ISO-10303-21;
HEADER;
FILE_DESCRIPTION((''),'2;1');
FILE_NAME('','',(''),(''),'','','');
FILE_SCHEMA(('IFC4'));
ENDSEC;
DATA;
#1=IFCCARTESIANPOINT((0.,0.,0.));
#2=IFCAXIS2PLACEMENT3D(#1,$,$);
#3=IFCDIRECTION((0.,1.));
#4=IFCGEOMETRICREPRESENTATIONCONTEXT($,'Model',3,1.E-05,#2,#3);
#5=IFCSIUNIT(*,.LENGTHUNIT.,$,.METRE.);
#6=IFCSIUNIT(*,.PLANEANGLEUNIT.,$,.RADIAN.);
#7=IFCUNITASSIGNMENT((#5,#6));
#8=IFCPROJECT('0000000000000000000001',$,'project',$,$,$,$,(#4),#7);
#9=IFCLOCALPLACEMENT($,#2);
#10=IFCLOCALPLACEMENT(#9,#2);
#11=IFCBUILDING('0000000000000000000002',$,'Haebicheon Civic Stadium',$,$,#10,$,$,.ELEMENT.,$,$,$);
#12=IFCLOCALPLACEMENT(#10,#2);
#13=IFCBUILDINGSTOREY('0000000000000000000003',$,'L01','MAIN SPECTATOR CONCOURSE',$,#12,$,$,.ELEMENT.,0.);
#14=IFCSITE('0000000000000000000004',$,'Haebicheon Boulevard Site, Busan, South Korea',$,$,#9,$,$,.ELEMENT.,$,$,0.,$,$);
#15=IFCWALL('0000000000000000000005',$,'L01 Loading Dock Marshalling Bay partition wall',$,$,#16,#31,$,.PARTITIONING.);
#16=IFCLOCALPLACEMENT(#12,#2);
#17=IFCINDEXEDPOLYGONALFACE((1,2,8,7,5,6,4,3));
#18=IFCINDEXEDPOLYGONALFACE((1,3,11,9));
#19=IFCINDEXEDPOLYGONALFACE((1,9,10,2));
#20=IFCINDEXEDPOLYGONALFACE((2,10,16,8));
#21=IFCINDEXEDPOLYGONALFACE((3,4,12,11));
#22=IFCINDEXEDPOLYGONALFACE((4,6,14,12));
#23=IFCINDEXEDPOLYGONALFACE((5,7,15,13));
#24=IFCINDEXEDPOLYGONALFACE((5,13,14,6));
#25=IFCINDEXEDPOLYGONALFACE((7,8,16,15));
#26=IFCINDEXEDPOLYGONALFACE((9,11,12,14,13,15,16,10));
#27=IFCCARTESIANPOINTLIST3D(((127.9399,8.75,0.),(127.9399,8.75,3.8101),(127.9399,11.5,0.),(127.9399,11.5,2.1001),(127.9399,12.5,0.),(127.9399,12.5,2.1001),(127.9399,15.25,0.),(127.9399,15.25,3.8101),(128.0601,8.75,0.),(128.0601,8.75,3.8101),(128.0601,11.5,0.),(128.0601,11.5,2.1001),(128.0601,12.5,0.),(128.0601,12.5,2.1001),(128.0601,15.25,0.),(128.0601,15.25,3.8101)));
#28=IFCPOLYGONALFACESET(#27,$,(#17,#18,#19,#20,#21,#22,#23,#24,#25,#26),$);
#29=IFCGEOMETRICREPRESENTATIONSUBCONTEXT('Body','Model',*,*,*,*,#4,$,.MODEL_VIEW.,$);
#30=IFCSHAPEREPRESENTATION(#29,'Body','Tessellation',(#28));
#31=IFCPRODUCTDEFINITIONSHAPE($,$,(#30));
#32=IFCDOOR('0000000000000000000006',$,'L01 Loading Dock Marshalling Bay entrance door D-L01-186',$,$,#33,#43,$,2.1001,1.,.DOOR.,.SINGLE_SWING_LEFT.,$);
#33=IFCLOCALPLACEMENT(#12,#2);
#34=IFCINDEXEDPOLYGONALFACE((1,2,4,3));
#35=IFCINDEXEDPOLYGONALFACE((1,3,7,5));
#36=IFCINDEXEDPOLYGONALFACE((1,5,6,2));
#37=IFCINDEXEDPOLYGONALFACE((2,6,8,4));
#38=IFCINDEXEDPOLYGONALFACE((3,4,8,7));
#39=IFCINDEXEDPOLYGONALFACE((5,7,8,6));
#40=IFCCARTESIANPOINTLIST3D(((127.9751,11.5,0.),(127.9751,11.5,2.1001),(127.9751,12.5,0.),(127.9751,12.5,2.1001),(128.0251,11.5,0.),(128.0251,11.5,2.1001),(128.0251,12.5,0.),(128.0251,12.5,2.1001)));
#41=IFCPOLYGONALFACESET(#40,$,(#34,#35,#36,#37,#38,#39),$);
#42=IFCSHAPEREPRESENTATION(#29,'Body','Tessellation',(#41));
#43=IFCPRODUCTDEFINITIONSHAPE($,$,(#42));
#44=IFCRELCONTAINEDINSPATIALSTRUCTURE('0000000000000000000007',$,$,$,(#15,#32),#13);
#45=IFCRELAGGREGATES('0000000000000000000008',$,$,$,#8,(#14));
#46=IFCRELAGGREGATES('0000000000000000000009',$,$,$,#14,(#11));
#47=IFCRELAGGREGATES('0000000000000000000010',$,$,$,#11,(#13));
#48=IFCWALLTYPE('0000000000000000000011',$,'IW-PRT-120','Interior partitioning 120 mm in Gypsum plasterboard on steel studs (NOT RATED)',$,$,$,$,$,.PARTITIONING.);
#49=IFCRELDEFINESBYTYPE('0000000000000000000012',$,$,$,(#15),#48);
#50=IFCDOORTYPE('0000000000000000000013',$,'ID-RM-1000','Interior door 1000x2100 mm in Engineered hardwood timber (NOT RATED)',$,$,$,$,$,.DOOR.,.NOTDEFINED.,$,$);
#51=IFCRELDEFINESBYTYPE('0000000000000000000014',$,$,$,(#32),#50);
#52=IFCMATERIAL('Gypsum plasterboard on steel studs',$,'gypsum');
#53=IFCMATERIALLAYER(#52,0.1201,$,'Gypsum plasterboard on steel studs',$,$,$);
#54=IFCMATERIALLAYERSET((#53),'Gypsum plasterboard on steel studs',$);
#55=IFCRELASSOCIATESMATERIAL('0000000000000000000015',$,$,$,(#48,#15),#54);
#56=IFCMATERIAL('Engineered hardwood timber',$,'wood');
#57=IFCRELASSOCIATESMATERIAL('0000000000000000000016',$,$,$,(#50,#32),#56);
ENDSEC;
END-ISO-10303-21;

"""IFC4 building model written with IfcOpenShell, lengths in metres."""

from ifc_helpers import new_model, si_unit, direction, frame, frame_2d, origin, place, context, subcontext, project, spatial, rectangle, extrude, material, layer, layer_set, type_object, element, fill, save


model = new_model("IFC4")

# Units and contexts
model_context = context("Model", 3, precision=1e-05, world=origin(), true_north=direction((0.0, 1.0)))
body_context = subcontext(model_context, "Body", "Model", "MODEL_VIEW")
ifc_project = project(units=[si_unit("LENGTHUNIT", "METRE"), si_unit("PLANEANGLEUNIT", "RADIAN")], contexts=[model_context])

# Site, building, storey
site_placement = place(None, origin())
site = spatial("IfcSite", under=ifc_project, at=site_placement, Name="Haebicheon Boulevard Site, Busan, South Korea", CompositionType="ELEMENT", RefElevation=0.0)
building_placement = place(site_placement, origin())
building = spatial("IfcBuilding", under=site, at=building_placement, Name="Haebicheon Civic Stadium", CompositionType="ELEMENT")
storey_placement = place(building_placement, origin())
storey = spatial("IfcBuildingStorey", under=building, at=storey_placement, Name="L01", Description="MAIN SPECTATOR CONCOURSE", CompositionType="ELEMENT", Elevation=0.0)

# Wall, opening, door
ifc_material_1 = material(Name="Gypsum plasterboard on steel studs", Category="gypsum")
ifc_layer_1 = layer(ifc_material_1, 0.1201, Name="Gypsum plasterboard on steel studs")
ifc_layer_set_1 = layer_set([ifc_layer_1], Name="Gypsum plasterboard on steel studs")
wall_type_1 = type_object("IfcWallType", Name="IW-PRT-120", Description="Interior partitioning 120 mm in Gypsum plasterboard on steel studs (NOT RATED)", PredefinedType="PARTITIONING", material=ifc_layer_set_1)
wall_1_placement = place(storey_placement, frame((128.0, 8.75, 0.0), z_axis=(0.0, 0.0, 1.0), x_axis=(0.0, 1.0, 0.0)))
wall_1 = element("IfcWall", 1, at=wall_1_placement, inside=storey, type_object=wall_type_1, material=ifc_layer_set_1, Name="L01 Loading Dock Marshalling Bay partition wall", PredefinedType="PARTITIONING", context=body_context, shape_type="SweptSolid", body=[
    extrude(rectangle(XDim=6.5, YDim=0.1201, at=frame_2d((3.25, 0.0))), origin(), (0.0, 0.0, 1.0), 3.8101),
])
opening_1_placement = place(wall_1_placement, frame((2.75, 0.0, 0.0)))
opening_1 = element("IfcOpeningElement", 2, at=opening_1_placement, cuts=wall_1, PredefinedType="OPENING", context=body_context, shape_type="SweptSolid", body=[
    extrude(rectangle(XDim=1.0, YDim=2.1001, at=frame_2d((0.5, 1.05))), frame((0.0, 0.0701, 0.0), z_axis=(0.0, -1.0, 0.0), x_axis=(1.0, 0.0, 0.0)), (0.0, 0.0, 1.0), 0.1401),
])
ifc_material_2 = material(Name="Engineered hardwood timber", Category="wood")
door_type_1 = type_object("IfcDoorType", Name="ID-RM-1000", Description="Interior door 1000x2100 mm in Engineered hardwood timber (NOT RATED)", OperationType="NOTDEFINED", PredefinedType="DOOR", material=ifc_material_2)
door_1_placement = place(opening_1_placement, origin())
door_1 = element("IfcDoor", 3, at=door_1_placement, inside=storey, type_object=door_type_1, material=ifc_material_2, Name="L01 Loading Dock Marshalling Bay entrance door D-L01-186", OperationType="SINGLE_SWING_LEFT", OverallHeight=2.1001, OverallWidth=1.0, PredefinedType="DOOR", context=body_context, shape_type="SweptSolid", body=[
    extrude(rectangle(XDim=1.0, YDim=2.1001, at=frame_2d((0.5, 1.05))), frame((0.0, 0.0249, 0.0), z_axis=(0.0, -1.0, 0.0), x_axis=(1.0, 0.0, 0.0)), (0.0, 0.0, 1.0), 0.05),
])
fill(opening_1, door_1)

save(model, "model.ifc")
